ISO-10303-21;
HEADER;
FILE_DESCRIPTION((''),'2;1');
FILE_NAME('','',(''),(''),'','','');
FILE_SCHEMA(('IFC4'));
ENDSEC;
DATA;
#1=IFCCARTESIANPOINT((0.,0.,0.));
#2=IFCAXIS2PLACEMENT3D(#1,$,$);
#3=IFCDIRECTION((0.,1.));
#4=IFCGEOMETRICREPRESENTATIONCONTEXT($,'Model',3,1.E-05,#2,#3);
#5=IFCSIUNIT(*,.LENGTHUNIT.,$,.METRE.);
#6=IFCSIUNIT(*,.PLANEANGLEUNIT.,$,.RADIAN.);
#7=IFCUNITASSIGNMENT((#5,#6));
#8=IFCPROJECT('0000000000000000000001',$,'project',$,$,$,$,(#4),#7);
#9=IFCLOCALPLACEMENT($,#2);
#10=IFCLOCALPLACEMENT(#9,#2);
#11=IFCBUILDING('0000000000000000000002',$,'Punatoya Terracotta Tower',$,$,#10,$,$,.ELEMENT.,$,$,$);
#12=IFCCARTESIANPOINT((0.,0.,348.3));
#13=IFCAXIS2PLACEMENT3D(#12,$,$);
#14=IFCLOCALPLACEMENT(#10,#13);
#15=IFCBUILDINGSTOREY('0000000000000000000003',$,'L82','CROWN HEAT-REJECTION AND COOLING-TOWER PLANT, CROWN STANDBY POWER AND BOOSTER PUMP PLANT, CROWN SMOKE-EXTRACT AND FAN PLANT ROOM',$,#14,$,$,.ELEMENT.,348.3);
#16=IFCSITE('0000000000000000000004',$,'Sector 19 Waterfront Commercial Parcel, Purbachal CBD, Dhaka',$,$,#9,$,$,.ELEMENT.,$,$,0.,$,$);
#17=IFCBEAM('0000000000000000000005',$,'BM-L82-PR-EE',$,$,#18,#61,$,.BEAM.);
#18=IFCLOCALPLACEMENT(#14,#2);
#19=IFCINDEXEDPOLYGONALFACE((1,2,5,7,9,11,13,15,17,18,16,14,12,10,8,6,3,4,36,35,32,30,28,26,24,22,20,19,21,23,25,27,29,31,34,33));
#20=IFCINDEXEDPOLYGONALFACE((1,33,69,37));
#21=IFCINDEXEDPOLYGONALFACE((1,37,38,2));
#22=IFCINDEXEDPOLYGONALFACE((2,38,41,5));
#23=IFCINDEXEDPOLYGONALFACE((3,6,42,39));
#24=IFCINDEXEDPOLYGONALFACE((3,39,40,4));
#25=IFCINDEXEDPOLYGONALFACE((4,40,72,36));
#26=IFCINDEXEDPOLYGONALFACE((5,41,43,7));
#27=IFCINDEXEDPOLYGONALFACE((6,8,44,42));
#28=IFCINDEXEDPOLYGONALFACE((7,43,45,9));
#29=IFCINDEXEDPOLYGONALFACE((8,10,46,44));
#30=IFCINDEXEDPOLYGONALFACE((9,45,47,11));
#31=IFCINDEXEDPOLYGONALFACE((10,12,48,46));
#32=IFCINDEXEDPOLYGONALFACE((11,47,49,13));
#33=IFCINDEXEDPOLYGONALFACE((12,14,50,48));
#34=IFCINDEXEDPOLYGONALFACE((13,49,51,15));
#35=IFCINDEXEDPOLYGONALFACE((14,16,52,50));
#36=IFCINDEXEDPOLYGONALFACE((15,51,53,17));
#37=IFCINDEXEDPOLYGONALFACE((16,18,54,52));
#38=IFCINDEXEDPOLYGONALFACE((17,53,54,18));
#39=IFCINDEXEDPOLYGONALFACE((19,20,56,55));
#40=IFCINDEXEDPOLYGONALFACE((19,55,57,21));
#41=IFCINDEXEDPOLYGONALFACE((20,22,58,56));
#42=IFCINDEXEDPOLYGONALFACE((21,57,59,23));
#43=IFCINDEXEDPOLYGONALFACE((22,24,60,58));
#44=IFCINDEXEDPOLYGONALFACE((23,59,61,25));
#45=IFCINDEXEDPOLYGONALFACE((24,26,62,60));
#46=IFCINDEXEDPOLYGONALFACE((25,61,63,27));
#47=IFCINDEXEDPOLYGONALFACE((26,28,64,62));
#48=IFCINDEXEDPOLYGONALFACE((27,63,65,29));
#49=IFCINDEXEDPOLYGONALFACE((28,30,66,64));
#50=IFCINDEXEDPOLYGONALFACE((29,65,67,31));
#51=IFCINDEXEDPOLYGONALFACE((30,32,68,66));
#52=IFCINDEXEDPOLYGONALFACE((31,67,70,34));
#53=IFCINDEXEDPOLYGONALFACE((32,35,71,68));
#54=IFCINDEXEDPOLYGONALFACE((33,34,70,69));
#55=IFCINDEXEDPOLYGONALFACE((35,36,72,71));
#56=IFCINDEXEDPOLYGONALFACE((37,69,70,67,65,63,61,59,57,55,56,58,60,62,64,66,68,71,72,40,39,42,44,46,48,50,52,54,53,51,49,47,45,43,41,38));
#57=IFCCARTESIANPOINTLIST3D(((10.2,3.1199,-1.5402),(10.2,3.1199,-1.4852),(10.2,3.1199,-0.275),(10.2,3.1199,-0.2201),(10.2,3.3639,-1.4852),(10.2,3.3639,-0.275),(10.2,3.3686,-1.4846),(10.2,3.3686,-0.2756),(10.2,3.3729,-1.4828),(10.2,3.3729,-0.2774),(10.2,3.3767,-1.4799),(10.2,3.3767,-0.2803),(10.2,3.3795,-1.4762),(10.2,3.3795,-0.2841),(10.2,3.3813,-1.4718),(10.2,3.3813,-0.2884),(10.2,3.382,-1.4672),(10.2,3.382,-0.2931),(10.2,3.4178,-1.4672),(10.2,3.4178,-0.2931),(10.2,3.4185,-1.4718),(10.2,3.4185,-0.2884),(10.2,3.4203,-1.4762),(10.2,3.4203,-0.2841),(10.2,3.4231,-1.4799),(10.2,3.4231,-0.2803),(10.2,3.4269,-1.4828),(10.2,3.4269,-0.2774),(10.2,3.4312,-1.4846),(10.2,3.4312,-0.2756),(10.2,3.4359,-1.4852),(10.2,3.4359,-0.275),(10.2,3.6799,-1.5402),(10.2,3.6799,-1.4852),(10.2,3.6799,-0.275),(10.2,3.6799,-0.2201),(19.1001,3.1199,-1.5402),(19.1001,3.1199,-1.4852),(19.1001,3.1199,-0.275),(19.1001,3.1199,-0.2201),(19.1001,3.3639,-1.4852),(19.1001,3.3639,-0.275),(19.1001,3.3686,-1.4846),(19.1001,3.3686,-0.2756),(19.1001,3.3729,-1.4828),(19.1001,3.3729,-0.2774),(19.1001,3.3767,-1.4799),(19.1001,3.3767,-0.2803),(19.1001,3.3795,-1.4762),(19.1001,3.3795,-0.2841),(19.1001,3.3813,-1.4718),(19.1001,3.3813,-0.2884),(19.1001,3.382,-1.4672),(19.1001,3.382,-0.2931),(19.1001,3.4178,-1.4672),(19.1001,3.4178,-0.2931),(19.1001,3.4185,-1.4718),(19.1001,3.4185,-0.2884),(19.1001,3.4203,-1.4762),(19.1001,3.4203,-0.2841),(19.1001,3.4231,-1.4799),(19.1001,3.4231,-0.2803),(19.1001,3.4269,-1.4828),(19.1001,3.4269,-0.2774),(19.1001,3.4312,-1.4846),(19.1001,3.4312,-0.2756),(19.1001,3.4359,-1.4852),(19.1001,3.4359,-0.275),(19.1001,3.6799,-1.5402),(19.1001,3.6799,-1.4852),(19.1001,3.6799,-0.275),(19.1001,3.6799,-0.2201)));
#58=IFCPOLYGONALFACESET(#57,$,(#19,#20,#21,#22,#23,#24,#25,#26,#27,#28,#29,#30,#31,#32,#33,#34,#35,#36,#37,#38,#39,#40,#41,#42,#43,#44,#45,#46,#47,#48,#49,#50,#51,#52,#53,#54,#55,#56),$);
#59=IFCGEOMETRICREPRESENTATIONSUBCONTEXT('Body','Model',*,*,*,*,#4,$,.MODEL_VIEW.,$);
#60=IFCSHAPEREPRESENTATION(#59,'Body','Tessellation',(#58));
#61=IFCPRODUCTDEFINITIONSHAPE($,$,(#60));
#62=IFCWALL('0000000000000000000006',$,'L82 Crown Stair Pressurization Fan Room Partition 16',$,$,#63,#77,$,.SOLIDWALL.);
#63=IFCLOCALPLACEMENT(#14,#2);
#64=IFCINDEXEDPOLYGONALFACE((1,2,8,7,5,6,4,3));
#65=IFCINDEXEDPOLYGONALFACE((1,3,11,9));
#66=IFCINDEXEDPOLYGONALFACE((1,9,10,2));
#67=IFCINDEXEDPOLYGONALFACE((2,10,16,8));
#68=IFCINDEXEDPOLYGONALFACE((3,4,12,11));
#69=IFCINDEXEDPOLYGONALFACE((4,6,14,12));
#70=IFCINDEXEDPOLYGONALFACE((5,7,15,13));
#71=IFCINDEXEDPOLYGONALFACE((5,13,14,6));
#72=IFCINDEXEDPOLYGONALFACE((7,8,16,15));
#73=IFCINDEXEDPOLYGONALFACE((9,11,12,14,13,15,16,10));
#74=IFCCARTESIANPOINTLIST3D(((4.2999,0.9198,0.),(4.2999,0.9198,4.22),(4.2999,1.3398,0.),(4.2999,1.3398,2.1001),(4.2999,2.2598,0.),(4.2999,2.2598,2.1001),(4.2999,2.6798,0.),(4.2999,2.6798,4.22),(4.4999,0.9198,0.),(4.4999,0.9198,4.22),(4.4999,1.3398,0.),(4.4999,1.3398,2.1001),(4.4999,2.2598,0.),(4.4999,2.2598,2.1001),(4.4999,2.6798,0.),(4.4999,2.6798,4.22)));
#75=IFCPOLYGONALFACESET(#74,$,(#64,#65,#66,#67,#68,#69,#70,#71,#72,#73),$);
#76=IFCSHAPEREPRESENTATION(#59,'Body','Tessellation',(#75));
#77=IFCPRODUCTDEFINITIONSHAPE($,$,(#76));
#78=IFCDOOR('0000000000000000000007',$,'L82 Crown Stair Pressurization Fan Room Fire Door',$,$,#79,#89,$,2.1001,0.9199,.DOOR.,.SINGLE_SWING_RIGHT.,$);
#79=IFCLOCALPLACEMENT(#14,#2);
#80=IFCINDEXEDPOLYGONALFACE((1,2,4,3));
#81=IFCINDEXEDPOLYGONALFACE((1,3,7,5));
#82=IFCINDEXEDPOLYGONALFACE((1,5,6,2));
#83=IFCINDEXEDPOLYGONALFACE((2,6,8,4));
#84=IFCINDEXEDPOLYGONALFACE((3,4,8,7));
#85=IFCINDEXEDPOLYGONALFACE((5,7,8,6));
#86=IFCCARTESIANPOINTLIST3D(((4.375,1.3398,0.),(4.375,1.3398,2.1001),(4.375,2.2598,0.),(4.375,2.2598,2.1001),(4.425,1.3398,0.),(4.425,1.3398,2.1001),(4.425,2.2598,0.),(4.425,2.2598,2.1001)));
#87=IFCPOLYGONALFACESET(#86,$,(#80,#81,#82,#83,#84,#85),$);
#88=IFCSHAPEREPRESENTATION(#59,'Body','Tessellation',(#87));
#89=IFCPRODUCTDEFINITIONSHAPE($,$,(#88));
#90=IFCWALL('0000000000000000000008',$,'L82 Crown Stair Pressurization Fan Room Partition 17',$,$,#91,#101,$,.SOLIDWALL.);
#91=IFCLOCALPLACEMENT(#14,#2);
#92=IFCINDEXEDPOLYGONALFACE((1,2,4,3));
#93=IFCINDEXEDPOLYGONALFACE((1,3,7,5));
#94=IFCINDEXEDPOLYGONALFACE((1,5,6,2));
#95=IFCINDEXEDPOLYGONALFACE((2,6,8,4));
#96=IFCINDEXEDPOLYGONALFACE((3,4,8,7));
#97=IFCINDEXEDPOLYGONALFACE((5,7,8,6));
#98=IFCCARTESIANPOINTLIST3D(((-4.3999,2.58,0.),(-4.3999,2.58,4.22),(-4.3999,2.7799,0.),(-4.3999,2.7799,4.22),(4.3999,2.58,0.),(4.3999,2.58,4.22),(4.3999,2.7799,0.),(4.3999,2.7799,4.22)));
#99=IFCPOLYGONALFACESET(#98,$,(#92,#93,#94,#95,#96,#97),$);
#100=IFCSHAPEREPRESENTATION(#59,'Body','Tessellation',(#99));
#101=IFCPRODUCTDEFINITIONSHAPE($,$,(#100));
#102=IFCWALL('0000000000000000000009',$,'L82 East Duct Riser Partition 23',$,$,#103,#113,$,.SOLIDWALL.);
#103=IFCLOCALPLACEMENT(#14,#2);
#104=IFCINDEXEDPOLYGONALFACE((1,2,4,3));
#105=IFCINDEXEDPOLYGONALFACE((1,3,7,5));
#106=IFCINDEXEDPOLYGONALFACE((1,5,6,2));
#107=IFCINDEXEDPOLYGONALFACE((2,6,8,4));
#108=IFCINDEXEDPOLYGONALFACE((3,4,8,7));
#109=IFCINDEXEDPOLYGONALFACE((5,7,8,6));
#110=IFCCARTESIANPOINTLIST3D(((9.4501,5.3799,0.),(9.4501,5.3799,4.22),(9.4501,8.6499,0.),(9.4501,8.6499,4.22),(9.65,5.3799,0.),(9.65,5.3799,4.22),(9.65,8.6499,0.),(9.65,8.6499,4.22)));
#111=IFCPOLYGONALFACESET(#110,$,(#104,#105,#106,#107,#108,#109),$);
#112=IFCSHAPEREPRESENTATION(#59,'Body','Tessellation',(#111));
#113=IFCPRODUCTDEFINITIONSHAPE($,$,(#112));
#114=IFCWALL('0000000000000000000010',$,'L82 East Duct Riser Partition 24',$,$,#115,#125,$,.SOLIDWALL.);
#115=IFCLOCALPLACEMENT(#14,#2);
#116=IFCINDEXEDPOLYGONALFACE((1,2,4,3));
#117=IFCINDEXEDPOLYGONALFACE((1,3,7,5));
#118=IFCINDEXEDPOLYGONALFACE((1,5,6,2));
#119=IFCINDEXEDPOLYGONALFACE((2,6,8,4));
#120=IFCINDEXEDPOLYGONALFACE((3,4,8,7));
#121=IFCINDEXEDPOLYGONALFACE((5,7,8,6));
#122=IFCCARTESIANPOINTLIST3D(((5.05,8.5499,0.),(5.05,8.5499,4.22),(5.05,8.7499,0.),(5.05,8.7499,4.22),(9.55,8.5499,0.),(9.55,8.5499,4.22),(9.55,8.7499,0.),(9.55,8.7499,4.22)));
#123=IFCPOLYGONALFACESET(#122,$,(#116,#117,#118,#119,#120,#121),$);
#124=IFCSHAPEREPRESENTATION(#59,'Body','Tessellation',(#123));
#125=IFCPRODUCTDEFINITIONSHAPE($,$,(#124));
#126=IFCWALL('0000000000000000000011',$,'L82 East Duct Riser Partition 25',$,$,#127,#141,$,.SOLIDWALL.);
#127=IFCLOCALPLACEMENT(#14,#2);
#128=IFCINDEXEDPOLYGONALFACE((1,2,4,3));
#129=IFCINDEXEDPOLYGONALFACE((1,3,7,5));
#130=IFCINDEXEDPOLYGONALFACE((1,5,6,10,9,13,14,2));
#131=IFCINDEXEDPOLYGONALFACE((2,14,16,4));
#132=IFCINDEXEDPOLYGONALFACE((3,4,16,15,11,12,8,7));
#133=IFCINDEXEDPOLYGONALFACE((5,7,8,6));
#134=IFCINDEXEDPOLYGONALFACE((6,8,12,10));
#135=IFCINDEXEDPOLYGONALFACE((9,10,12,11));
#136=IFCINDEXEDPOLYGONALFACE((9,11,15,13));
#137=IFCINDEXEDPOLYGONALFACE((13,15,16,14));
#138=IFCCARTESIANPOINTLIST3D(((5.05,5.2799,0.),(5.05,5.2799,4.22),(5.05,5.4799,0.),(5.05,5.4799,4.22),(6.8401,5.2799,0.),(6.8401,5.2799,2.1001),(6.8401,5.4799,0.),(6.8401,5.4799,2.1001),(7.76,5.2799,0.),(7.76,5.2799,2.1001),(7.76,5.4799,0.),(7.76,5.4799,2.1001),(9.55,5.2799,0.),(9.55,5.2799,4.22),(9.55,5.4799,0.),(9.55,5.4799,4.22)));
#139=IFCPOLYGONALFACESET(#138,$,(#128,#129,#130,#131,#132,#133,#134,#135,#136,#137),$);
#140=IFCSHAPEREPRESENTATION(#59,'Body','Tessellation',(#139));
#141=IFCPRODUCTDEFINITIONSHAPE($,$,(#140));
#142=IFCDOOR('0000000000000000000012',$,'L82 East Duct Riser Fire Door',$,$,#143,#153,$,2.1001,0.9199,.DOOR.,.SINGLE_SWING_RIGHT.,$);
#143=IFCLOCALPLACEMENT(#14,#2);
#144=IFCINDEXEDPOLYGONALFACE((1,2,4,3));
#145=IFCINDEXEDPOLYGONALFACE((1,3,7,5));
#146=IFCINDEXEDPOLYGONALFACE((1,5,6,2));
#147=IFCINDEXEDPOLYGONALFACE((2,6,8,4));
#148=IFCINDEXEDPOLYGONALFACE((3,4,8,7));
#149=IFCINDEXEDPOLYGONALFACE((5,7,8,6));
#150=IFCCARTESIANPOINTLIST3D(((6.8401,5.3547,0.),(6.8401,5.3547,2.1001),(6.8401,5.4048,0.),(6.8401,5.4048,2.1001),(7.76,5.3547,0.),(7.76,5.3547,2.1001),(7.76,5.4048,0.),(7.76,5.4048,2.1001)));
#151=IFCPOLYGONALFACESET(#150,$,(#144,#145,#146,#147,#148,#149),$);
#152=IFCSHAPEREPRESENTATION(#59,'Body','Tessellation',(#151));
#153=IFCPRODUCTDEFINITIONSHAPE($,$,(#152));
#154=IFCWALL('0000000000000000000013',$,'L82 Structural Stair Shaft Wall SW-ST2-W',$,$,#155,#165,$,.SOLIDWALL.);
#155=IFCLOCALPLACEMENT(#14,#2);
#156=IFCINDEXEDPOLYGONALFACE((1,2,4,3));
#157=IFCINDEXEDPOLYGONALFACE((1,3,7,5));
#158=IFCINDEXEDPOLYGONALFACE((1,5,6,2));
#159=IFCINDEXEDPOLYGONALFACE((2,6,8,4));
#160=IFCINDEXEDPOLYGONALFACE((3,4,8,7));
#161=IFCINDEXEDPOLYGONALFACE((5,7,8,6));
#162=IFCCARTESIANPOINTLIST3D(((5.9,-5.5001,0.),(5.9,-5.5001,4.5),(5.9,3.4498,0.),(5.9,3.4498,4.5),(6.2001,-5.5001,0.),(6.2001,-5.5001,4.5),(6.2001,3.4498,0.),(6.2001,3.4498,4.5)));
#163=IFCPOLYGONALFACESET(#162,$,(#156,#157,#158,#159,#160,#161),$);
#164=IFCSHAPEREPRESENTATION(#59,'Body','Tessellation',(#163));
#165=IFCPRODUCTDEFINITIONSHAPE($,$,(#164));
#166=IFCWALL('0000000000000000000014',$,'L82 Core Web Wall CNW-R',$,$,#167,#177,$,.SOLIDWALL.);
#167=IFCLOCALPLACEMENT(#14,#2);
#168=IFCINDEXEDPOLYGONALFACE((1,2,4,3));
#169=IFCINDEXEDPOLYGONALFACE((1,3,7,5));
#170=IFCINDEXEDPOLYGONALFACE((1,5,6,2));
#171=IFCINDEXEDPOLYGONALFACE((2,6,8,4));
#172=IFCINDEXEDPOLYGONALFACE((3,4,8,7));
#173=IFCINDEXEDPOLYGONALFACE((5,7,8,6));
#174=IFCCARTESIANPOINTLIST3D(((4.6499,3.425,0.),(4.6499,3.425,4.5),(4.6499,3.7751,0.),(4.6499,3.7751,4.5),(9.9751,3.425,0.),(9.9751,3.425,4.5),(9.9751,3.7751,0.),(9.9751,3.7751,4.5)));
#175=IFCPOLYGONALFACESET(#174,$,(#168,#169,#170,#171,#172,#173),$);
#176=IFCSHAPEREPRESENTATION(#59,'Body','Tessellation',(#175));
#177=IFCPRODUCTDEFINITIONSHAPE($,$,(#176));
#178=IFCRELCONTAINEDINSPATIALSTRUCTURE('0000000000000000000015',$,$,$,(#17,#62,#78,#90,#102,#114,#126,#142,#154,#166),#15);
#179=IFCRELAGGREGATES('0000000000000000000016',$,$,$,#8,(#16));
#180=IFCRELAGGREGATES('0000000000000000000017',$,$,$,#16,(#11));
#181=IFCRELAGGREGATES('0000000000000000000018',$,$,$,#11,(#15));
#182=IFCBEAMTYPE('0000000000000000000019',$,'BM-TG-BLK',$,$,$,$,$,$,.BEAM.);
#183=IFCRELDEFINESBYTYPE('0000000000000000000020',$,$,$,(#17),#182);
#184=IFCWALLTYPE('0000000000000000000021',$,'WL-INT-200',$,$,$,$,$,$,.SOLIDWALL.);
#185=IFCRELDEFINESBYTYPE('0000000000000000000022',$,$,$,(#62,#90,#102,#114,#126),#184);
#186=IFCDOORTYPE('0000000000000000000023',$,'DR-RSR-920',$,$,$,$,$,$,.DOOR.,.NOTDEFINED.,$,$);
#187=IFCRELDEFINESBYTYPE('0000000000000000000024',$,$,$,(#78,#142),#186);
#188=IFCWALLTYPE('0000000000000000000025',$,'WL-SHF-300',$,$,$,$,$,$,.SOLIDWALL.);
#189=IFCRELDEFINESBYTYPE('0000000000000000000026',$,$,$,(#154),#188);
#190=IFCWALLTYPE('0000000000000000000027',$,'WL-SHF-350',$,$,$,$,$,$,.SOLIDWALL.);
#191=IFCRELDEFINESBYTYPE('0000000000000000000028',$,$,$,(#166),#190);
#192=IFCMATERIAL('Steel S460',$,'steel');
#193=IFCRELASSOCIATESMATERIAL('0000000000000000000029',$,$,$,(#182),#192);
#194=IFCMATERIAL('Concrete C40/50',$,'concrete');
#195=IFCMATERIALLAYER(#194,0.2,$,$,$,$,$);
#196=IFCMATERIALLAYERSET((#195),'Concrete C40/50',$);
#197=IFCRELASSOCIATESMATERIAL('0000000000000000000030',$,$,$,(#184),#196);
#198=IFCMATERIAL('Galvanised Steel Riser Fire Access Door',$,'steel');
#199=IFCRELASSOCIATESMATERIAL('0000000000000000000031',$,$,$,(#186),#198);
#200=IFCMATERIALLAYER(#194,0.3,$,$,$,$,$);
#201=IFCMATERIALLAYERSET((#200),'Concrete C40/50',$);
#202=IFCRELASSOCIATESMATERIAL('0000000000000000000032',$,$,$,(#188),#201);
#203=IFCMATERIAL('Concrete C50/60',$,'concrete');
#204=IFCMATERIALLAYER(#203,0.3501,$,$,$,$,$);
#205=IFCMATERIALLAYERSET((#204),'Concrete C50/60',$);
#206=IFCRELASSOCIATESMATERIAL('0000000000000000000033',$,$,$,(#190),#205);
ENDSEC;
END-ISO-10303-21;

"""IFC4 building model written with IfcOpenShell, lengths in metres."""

from ifc_helpers import new_model, si_unit, direction, frame, frame_2d, origin, origin_2d, place, context, subcontext, project, spatial, rectangle, i_section, extrude, material, layer, layer_set, material_profile, profile_set, type_object, element, fill, save


model = new_model("IFC4")

# Units and contexts
model_context = context("Model", 3, precision=1e-05, world=origin(), true_north=direction((0.0, 1.0)))
body_context = subcontext(model_context, "Body", "Model", "MODEL_VIEW")
ifc_project = project(units=[si_unit("LENGTHUNIT", "METRE"), si_unit("PLANEANGLEUNIT", "RADIAN")], contexts=[model_context])

# Site, building, storey
site_placement = place(None, origin())
site = spatial("IfcSite", under=ifc_project, at=site_placement, Name="Sector 19 Waterfront Commercial Parcel, Purbachal CBD, Dhaka", CompositionType="ELEMENT", RefElevation=0.0)
building_placement = place(site_placement, origin())
building = spatial("IfcBuilding", under=site, at=building_placement, Name="Punatoya Terracotta Tower", CompositionType="ELEMENT")
storey_placement = place(building_placement, frame((0.0, 0.0, 348.3)))
storey = spatial("IfcBuildingStorey", under=building, at=storey_placement, Name="L82", Description="CROWN HEAT-REJECTION AND COOLING-TOWER PLANT, CROWN STANDBY POWER AND BOOSTER PUMP PLANT, CROWN SMOKE-EXTRACT AND FAN PLANT ROOM", CompositionType="ELEMENT", Elevation=348.3)

# Beam
ifc_material_1 = material(Name="Steel S460", Category="steel")
ifc_material_profile_1 = material_profile(ifc_material_1, i_section(OverallWidth=0.5601, OverallDepth=1.3201, WebThickness=0.0359, FlangeThickness=0.0549, FilletRadius=0.0181, at=origin_2d()))
ifc_profile_set_1 = profile_set([ifc_material_profile_1], Name="Steel S460")
beam_type_1 = type_object("IfcBeamType", Name="BM-TG-BLK", PredefinedType="BEAM", material=ifc_profile_set_1)
beam_placement = place(storey_placement, frame((10.2, 3.3999, -0.8801), z_axis=(1.0, 0.0, 0.0), x_axis=(0.0, 1.0, 0.0)))
element("IfcBeam", 1, at=beam_placement, inside=storey, type_object=beam_type_1, Name="BM-L82-PR-EE", PredefinedType="BEAM", context=body_context, shape_type="SweptSolid", body=[
    extrude(i_section(OverallWidth=0.5601, OverallDepth=1.3201, WebThickness=0.0359, FlangeThickness=0.0549, FilletRadius=0.0181, at=origin_2d()), origin(), (0.0, 0.0, 1.0), 8.9001),
])

# Wall, opening, door
ifc_material_2 = material(Name="Concrete C40/50", Category="concrete")
ifc_layer_1 = layer(ifc_material_2, 0.2)
ifc_layer_set_1 = layer_set([ifc_layer_1], Name="Concrete C40/50")
wall_type_1 = type_object("IfcWallType", Name="WL-INT-200", PredefinedType="SOLIDWALL", material=ifc_layer_set_1)
wall_1_placement = place(storey_placement, frame((4.3999, 0.9199, 0.0), z_axis=(0.0, 0.0, 1.0), x_axis=(0.0, 1.0, 0.0)))
wall_1 = element("IfcWall", 2, at=wall_1_placement, inside=storey, type_object=wall_type_1, Name="L82 Crown Stair Pressurization Fan Room Partition 16", PredefinedType="SOLIDWALL", context=body_context, shape_type="SweptSolid", body=[
    extrude(rectangle(XDim=1.76, YDim=0.2, at=frame_2d((0.8799, 0.0))), origin(), (0.0, 0.0, 1.0), 4.22),
])
opening_1_placement = place(wall_1_placement, frame((0.4199, 0.0, 0.0)))
opening_1 = element("IfcOpeningElement", 3, at=opening_1_placement, cuts=wall_1, PredefinedType="OPENING", context=body_context, shape_type="SweptSolid", body=[
    extrude(rectangle(XDim=0.9199, YDim=2.1001, at=frame_2d((0.46, 1.05))), frame((0.0, 0.1099, 0.0), z_axis=(0.0, -1.0, 0.0), x_axis=(1.0, 0.0, 0.0)), (0.0, 0.0, 1.0), 0.22),
])
ifc_material_3 = material(Name="Galvanised Steel Riser Fire Access Door", Category="steel")
door_type = type_object("IfcDoorType", Name="DR-RSR-920", OperationType="NOTDEFINED", PredefinedType="DOOR", material=ifc_material_3)
door_1_placement = place(opening_1_placement, origin())
door_1 = element("IfcDoor", 4, at=door_1_placement, inside=storey, type_object=door_type, Name="L82 Crown Stair Pressurization Fan Room Fire Door", OperationType="SINGLE_SWING_RIGHT", OverallHeight=2.1001, OverallWidth=0.9199, PredefinedType="DOOR", context=body_context, shape_type="SweptSolid", body=[
    extrude(rectangle(XDim=0.9199, YDim=2.1001, at=frame_2d((0.46, 1.05))), frame((0.0, 0.0249, 0.0), z_axis=(0.0, -1.0, 0.0), x_axis=(1.0, 0.0, 0.0)), (0.0, 0.0, 1.0), 0.05),
])
fill(opening_1, door_1)

# Walls
wall_2_placement = place(storey_placement, frame((4.3999, 2.6799, 0.0), z_axis=(0.0, 0.0, 1.0), x_axis=(-1.0, 0.0, 0.0)))
element("IfcWall", 5, at=wall_2_placement, inside=storey, type_object=wall_type_1, Name="L82 Crown Stair Pressurization Fan Room Partition 17", PredefinedType="SOLIDWALL", context=body_context, shape_type="SweptSolid", body=[
    extrude(rectangle(XDim=8.7998, YDim=0.2, at=frame_2d((4.3999, 0.0))), origin(), (0.0, 0.0, 1.0), 4.22),
])
wall_3_placement = place(storey_placement, frame((9.55, 5.3799, 0.0), z_axis=(0.0, 0.0, 1.0), x_axis=(0.0, 1.0, 0.0)))
element("IfcWall", 6, at=wall_3_placement, inside=storey, type_object=wall_type_1, Name="L82 East Duct Riser Partition 23", PredefinedType="SOLIDWALL", context=body_context, shape_type="SweptSolid", body=[
    extrude(rectangle(XDim=3.27, YDim=0.2, at=frame_2d((1.635, 0.0))), origin(), (0.0, 0.0, 1.0), 4.22),
])
wall_4_placement = place(storey_placement, frame((9.55, 8.6499, 0.0), z_axis=(0.0, 0.0, 1.0), x_axis=(-1.0, 0.0, 0.0)))
element("IfcWall", 7, at=wall_4_placement, inside=storey, type_object=wall_type_1, Name="L82 East Duct Riser Partition 24", PredefinedType="SOLIDWALL", context=body_context, shape_type="SweptSolid", body=[
    extrude(rectangle(XDim=4.5, YDim=0.2, at=frame_2d((2.25, 0.0))), origin(), (0.0, 0.0, 1.0), 4.22),
])

# Wall, opening, door
wall_5_placement = place(storey_placement, frame((5.05, 5.3799, 0.0), z_axis=(0.0, 0.0, 1.0), x_axis=(1.0, 0.0, 0.0)))
wall_5 = element("IfcWall", 8, at=wall_5_placement, inside=storey, type_object=wall_type_1, Name="L82 East Duct Riser Partition 25", PredefinedType="SOLIDWALL", context=body_context, shape_type="SweptSolid", body=[
    extrude(rectangle(XDim=4.5, YDim=0.2, at=frame_2d((2.25, 0.0))), origin(), (0.0, 0.0, 1.0), 4.22),
])
opening_2_placement = place(wall_5_placement, frame((1.79, 0.0, 0.0)))
opening_2 = element("IfcOpeningElement", 9, at=opening_2_placement, cuts=wall_5, PredefinedType="OPENING", context=body_context, shape_type="SweptSolid", body=[
    extrude(rectangle(XDim=0.9199, YDim=2.1001, at=frame_2d((0.46, 1.05))), frame((0.0, 0.1099, 0.0), z_axis=(0.0, -1.0, 0.0), x_axis=(1.0, 0.0, 0.0)), (0.0, 0.0, 1.0), 0.22),
])
door_2_placement = place(opening_2_placement, origin())
door_2 = element("IfcDoor", 10, at=door_2_placement, inside=storey, type_object=door_type, Name="L82 East Duct Riser Fire Door", OperationType="SINGLE_SWING_RIGHT", OverallHeight=2.1001, OverallWidth=0.9199, PredefinedType="DOOR", context=body_context, shape_type="SweptSolid", body=[
    extrude(rectangle(XDim=0.9199, YDim=2.1001, at=frame_2d((0.46, 1.05))), frame((0.0, 0.0249, 0.0), z_axis=(0.0, -1.0, 0.0), x_axis=(1.0, 0.0, 0.0)), (0.0, 0.0, 1.0), 0.05),
])
fill(opening_2, door_2)

# Walls
ifc_layer_2 = layer(ifc_material_2, 0.3)
ifc_layer_set_2 = layer_set([ifc_layer_2], Name="Concrete C40/50")
wall_type_2 = type_object("IfcWallType", Name="WL-SHF-300", PredefinedType="SOLIDWALL", material=ifc_layer_set_2)
wall_6_placement = place(storey_placement, frame((6.05, 3.45, 0.0), z_axis=(0.0, 0.0, 1.0), x_axis=(0.0, -1.0, 0.0)))
element("IfcWall", 11, at=wall_6_placement, inside=storey, type_object=wall_type_2, Name="L82 Structural Stair Shaft Wall SW-ST2-W", PredefinedType="SOLIDWALL", context=body_context, shape_type="SweptSolid", body=[
    extrude(rectangle(XDim=8.95, YDim=0.3, at=frame_2d((4.4751, 0.0))), origin(), (0.0, 0.0, 1.0), 4.5),
])
ifc_material_4 = material(Name="Concrete C50/60", Category="concrete")
ifc_layer_3 = layer(ifc_material_4, 0.3501)
ifc_layer_set_3 = layer_set([ifc_layer_3], Name="Concrete C50/60")
wall_type_3 = type_object("IfcWallType", Name="WL-SHF-350", PredefinedType="SOLIDWALL", material=ifc_layer_set_3)
wall_7_placement = place(storey_placement, frame((4.6499, 3.6001, 0.0), z_axis=(0.0, 0.0, 1.0), x_axis=(1.0, 0.0, 0.0)))
element("IfcWall", 12, at=wall_7_placement, inside=storey, type_object=wall_type_3, Name="L82 Core Web Wall CNW-R", PredefinedType="SOLIDWALL", context=body_context, shape_type="SweptSolid", body=[
    extrude(rectangle(XDim=5.3252, YDim=0.3501, at=frame_2d((2.6626, 0.0))), origin(), (0.0, 0.0, 1.0), 4.5),
])

save(model, "model.ifc")
